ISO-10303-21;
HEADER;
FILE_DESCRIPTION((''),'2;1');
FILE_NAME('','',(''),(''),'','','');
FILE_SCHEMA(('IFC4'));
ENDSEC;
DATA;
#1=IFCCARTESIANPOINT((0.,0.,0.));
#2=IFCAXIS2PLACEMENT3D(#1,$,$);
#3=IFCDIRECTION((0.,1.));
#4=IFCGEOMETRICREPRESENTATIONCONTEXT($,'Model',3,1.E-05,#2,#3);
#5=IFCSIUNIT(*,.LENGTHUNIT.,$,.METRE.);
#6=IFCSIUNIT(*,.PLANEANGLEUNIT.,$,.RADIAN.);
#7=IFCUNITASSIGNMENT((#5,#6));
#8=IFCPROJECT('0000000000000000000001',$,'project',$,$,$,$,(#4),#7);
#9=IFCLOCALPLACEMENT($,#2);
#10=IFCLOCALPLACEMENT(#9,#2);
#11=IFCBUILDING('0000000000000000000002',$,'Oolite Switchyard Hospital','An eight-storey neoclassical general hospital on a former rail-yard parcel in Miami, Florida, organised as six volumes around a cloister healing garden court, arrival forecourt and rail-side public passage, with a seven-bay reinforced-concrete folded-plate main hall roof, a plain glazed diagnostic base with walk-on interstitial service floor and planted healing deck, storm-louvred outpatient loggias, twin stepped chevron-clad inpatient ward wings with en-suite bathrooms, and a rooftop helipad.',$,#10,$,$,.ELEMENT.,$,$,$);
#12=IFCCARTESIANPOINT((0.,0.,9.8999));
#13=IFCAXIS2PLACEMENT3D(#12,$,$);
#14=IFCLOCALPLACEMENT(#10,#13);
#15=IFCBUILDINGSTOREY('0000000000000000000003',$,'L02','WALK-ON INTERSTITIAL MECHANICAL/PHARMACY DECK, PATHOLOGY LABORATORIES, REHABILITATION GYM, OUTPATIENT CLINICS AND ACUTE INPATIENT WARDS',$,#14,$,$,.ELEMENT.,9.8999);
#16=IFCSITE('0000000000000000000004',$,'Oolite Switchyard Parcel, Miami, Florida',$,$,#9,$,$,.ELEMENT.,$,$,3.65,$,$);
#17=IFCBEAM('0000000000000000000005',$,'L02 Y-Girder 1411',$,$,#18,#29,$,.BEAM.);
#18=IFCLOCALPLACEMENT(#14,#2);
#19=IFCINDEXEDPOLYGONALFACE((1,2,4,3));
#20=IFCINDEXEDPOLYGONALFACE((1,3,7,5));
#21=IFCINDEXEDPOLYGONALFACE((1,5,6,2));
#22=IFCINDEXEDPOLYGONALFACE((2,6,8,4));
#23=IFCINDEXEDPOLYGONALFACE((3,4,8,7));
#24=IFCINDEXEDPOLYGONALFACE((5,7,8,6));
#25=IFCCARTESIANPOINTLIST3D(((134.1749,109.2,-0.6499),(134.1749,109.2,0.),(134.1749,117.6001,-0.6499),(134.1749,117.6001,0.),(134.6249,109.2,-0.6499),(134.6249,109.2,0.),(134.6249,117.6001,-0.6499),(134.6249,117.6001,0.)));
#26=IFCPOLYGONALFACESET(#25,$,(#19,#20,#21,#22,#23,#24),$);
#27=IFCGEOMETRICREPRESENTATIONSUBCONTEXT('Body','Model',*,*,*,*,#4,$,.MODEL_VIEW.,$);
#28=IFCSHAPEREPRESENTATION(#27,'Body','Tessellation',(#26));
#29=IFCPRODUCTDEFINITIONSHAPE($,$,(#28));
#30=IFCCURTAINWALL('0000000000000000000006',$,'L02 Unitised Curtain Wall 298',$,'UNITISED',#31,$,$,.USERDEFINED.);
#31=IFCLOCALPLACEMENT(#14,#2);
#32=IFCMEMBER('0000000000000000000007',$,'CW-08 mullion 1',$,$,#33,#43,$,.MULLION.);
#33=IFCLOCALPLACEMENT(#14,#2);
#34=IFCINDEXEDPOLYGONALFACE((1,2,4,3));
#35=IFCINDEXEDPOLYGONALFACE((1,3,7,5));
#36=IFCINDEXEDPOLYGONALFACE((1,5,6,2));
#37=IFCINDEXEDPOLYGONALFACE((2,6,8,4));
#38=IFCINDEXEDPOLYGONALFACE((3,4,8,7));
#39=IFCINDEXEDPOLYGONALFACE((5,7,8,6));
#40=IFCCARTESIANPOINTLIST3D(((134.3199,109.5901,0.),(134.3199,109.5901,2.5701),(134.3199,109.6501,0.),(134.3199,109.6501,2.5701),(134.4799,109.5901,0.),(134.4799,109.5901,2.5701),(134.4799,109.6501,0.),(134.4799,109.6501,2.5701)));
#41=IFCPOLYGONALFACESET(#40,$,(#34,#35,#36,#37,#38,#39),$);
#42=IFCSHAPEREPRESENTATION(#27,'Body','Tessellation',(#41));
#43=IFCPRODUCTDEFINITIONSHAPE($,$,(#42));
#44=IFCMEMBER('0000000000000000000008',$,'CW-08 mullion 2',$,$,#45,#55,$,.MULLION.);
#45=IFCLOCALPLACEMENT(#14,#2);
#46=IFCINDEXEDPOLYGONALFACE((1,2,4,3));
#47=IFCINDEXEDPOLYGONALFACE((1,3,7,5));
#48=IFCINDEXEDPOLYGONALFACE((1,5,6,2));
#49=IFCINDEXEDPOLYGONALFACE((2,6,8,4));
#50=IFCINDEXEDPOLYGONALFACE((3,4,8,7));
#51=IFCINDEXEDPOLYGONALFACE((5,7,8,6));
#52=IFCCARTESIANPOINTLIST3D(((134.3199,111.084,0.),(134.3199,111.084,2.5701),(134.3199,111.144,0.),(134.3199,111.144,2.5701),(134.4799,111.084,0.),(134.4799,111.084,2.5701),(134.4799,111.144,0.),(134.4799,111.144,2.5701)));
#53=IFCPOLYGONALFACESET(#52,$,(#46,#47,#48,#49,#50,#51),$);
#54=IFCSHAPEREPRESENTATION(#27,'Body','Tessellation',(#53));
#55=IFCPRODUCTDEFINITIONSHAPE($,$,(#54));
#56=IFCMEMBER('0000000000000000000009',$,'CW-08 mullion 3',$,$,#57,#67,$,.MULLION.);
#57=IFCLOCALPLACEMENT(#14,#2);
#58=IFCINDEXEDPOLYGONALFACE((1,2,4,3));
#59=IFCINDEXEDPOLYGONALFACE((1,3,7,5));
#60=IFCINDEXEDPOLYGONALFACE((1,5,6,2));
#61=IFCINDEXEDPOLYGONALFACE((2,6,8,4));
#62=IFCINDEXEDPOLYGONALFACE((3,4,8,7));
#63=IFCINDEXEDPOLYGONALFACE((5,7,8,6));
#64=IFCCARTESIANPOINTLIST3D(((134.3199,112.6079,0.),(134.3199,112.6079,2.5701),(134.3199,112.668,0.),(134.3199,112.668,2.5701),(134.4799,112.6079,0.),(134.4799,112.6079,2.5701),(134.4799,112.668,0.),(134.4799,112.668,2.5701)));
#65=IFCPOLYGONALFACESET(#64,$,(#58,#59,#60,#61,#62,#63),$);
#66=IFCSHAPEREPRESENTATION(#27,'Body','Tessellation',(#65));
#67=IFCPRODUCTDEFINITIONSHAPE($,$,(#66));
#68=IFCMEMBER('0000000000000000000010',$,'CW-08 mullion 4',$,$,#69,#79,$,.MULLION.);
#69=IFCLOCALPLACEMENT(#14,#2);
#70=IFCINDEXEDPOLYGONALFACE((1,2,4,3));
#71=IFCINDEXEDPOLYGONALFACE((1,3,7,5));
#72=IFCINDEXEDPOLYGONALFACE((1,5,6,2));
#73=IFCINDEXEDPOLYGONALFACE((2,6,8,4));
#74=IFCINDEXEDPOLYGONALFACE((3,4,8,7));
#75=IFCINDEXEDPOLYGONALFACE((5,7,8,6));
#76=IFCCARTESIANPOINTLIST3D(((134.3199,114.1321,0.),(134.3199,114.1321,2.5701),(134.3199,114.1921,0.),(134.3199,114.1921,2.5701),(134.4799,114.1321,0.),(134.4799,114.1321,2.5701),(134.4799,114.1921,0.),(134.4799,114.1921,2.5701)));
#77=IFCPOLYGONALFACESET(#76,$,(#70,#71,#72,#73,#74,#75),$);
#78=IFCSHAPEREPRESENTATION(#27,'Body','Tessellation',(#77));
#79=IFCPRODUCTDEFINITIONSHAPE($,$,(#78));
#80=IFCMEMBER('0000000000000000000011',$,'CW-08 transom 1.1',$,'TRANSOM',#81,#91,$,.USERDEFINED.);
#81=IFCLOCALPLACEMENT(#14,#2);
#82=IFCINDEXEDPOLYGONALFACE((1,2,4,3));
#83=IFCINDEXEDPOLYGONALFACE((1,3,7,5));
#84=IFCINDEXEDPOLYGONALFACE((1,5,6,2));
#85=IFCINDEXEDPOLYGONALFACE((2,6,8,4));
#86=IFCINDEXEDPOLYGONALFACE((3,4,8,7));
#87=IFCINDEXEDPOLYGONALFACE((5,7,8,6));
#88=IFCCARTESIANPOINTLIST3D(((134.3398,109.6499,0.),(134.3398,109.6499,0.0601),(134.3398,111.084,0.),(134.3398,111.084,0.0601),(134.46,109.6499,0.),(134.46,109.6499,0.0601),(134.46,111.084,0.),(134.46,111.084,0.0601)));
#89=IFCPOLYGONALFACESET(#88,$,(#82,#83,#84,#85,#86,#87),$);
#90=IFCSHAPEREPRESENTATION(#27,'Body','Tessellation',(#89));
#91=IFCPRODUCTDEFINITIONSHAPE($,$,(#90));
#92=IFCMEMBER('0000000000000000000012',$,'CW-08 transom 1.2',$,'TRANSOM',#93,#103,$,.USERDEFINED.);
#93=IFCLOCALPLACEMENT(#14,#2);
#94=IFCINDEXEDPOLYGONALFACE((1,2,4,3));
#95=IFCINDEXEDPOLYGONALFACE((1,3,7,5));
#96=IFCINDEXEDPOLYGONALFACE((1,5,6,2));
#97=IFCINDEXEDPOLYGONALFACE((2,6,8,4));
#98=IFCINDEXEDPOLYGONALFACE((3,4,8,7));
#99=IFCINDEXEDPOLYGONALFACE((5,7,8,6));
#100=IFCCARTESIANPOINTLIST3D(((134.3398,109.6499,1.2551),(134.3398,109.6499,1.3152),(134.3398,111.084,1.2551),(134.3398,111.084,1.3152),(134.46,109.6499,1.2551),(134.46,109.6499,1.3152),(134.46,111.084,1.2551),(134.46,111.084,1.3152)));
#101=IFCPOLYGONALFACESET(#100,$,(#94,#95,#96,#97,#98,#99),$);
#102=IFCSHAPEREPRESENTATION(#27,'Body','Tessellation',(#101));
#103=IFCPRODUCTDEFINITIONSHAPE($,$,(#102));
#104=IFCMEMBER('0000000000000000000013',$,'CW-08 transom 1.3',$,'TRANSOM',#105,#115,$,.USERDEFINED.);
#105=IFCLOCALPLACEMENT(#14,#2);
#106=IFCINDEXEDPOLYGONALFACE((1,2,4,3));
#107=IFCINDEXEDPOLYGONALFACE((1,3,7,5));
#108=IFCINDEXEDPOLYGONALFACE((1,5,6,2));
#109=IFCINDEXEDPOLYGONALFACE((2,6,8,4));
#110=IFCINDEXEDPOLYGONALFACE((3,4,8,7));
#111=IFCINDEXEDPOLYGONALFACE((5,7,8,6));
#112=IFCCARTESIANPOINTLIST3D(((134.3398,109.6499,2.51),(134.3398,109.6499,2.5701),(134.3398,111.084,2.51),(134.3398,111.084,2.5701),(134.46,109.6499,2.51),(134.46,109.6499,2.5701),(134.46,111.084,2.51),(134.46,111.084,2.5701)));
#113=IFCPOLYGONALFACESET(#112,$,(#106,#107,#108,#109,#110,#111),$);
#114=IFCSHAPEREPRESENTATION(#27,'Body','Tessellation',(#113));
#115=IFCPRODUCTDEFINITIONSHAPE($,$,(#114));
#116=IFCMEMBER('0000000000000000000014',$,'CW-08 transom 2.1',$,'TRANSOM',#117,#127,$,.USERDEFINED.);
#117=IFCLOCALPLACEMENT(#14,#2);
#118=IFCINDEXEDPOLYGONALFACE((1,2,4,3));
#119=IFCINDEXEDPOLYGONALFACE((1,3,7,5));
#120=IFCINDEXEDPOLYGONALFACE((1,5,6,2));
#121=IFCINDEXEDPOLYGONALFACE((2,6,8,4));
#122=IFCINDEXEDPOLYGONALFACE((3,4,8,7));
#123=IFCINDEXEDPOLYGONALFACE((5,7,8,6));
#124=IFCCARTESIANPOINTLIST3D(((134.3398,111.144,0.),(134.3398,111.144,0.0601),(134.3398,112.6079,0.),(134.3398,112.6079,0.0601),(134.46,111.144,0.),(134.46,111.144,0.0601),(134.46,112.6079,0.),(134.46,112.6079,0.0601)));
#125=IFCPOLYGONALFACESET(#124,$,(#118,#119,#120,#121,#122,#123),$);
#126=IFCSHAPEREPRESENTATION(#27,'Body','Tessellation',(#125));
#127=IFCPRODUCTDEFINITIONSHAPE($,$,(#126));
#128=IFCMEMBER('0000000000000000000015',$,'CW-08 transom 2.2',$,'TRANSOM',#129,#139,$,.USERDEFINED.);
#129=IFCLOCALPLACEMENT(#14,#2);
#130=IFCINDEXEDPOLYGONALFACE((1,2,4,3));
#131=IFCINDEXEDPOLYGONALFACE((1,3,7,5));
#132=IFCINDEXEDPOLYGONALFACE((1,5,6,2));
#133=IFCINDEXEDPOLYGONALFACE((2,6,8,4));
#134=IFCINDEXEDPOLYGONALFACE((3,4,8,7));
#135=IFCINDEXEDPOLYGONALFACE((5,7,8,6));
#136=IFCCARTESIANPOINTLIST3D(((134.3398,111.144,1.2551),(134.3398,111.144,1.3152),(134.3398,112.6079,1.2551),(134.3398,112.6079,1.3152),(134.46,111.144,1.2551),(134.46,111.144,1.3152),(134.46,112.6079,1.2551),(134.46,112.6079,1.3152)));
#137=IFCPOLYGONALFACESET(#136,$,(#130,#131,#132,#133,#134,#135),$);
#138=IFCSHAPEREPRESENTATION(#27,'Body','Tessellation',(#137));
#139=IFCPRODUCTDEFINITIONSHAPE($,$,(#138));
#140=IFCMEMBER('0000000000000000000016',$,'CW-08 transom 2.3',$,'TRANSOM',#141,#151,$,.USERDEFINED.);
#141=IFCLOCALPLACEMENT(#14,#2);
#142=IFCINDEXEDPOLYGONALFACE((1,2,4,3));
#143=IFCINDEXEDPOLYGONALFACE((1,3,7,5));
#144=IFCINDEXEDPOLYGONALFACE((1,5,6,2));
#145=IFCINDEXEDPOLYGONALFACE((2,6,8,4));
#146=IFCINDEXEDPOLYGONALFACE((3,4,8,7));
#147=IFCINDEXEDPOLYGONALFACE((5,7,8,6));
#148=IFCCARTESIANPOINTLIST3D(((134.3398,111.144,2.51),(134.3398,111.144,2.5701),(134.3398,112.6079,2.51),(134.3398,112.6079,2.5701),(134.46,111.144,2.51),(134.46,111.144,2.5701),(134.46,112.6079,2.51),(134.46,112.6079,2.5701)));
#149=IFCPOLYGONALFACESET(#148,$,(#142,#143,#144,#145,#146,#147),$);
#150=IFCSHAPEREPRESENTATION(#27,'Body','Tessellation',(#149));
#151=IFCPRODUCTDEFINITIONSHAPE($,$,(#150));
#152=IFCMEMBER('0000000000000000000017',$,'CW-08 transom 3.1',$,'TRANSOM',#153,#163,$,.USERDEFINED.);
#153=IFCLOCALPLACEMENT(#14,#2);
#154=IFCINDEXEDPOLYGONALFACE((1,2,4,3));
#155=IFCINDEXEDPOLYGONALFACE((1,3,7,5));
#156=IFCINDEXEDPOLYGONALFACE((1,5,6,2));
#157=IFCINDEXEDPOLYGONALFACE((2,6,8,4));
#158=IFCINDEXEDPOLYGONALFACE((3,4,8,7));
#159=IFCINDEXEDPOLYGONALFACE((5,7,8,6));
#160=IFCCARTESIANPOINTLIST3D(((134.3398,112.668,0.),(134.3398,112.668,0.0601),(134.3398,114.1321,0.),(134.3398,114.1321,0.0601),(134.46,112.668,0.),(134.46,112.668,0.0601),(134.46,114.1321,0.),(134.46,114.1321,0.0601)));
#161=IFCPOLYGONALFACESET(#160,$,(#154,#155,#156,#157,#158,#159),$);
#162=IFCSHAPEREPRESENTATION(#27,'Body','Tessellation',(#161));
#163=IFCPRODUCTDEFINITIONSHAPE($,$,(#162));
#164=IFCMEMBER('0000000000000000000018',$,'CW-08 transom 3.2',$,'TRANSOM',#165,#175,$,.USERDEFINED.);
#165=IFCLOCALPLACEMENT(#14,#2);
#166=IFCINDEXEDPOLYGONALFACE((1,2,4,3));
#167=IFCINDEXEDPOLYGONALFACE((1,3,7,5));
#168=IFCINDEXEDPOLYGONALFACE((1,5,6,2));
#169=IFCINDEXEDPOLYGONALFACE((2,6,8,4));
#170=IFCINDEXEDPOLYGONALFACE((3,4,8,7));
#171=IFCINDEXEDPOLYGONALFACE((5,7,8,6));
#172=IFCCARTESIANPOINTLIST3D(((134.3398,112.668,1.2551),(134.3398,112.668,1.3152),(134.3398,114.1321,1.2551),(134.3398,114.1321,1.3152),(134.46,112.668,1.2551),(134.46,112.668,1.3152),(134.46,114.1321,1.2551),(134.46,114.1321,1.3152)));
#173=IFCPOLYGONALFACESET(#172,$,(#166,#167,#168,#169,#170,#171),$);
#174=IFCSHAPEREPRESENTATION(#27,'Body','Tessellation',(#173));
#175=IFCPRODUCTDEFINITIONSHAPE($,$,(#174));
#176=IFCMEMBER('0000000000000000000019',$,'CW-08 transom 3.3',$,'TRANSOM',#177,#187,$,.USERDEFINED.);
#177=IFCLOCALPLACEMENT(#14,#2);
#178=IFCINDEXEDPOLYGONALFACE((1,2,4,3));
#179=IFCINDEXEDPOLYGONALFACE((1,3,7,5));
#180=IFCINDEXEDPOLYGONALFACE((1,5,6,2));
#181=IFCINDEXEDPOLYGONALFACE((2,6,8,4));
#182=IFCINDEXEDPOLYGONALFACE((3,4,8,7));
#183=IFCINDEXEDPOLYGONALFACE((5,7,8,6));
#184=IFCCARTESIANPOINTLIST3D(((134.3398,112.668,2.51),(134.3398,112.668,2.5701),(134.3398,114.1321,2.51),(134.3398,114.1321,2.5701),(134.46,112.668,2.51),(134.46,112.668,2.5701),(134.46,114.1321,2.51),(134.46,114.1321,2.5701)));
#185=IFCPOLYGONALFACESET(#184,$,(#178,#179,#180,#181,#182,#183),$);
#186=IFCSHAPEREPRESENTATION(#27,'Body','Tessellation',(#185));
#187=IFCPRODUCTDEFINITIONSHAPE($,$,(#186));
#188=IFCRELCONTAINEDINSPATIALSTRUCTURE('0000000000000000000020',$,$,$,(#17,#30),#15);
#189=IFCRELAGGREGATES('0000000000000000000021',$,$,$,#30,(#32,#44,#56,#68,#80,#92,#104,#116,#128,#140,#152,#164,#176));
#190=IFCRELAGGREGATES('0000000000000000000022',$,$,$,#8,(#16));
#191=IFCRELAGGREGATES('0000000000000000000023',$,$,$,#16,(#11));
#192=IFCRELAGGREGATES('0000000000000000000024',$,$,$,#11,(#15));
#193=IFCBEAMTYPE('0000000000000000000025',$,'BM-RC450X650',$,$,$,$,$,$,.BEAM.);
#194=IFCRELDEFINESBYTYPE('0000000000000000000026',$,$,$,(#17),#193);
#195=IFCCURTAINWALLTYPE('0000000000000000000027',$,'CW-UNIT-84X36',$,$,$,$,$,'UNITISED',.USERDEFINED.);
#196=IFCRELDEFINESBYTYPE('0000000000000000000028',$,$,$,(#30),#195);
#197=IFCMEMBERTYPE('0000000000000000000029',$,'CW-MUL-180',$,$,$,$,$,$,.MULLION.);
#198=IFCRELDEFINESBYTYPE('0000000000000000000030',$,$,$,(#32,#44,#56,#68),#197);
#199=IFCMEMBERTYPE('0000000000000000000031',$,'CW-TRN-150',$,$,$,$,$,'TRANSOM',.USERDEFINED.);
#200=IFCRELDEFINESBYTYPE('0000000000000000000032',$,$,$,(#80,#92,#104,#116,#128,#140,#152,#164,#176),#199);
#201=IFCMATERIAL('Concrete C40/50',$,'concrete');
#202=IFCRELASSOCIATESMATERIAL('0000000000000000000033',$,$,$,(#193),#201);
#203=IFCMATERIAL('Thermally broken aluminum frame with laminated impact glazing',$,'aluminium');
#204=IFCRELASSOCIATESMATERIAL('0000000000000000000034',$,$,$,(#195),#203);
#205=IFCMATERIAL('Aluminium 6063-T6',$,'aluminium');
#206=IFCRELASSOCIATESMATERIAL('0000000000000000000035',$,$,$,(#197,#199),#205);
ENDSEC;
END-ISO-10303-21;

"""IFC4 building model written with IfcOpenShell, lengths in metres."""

from ifc_helpers import new_model, si_unit, direction, frame, origin, origin_2d, place, context, subcontext, project, spatial, rectangle, extrude, material, material_profile, profile_set, type_object, element, aggregate, save


model = new_model("IFC4")

# Units and contexts
model_context = context("Model", 3, precision=1e-05, world=origin(), true_north=direction((0.0, 1.0)))
body_context = subcontext(model_context, "Body", "Model", "MODEL_VIEW")
ifc_project = project(units=[si_unit("LENGTHUNIT", "METRE"), si_unit("PLANEANGLEUNIT", "RADIAN")], contexts=[model_context])

# Site, building, storey
site_placement = place(None, origin())
site = spatial("IfcSite", under=ifc_project, at=site_placement, Name="Oolite Switchyard Parcel, Miami, Florida", CompositionType="ELEMENT", RefElevation=3.65)
building_placement = place(site_placement, origin())
building = spatial("IfcBuilding", under=site, at=building_placement, Name="Oolite Switchyard Hospital", Description="An eight-storey neoclassical general hospital on a former rail-yard parcel in Miami, Florida, organised as six volumes around a cloister healing garden court, arrival forecourt and rail-side public passage, with a seven-bay reinforced-concrete folded-plate main hall roof, a plain glazed diagnostic base with walk-on interstitial service floor and planted healing deck, storm-louvred outpatient loggias, twin stepped chevron-clad inpatient ward wings with en-suite bathrooms, and a rooftop helipad.", CompositionType="ELEMENT")
storey_placement = place(building_placement, frame((0.0, 0.0, 9.8999)))
storey = spatial("IfcBuildingStorey", under=building, at=storey_placement, Name="L02", Description="WALK-ON INTERSTITIAL MECHANICAL/PHARMACY DECK, PATHOLOGY LABORATORIES, REHABILITATION GYM, OUTPATIENT CLINICS AND ACUTE INPATIENT WARDS", CompositionType="ELEMENT", Elevation=9.8999)

# Beam
ifc_material_1 = material(Name="Concrete C40/50", Category="concrete")
ifc_material_profile_1 = material_profile(ifc_material_1, rectangle(XDim=0.45, YDim=0.6499, at=origin_2d()), Name="RCB450X650")
ifc_profile_set_1 = profile_set([ifc_material_profile_1], Name="Concrete C40/50")
beam_type = type_object("IfcBeamType", Name="BM-RC450X650", PredefinedType="BEAM", material=ifc_profile_set_1)
beam_placement = place(storey_placement, frame((134.3999, 109.2, -0.325), z_axis=(0.0, 1.0, 0.0), x_axis=(-1.0, 0.0, 0.0)))
element("IfcBeam", 1, at=beam_placement, inside=storey, type_object=beam_type, Name="L02 Y-Girder 1411", PredefinedType="BEAM", context=body_context, shape_type="SweptSolid", body=[
    extrude(rectangle(XDim=0.45, YDim=0.6499, at=origin_2d()), origin(), (0.0, 0.0, 1.0), 8.4001),
])

# Curtain wall, members
ifc_material_2 = material(Name="Thermally broken aluminum frame with laminated impact glazing", Category="aluminium")
curtain_wall_type = type_object("IfcCurtainWallType", Name="CW-UNIT-84X36", ElementType="UNITISED", PredefinedType="USERDEFINED", material=ifc_material_2)
curtain_wall_placement = place(storey_placement, origin())
curtain_wall = element("IfcCurtainWall", 2, at=curtain_wall_placement, inside=storey, type_object=curtain_wall_type, Name="L02 Unitised Curtain Wall 298", ObjectType="UNITISED", PredefinedType="USERDEFINED")
ifc_material_3 = material(Name="Aluminium 6063-T6", Category="aluminium")
ifc_material_profile_2 = material_profile(ifc_material_3, rectangle(XDim=0.1599, YDim=0.0601, at=origin_2d()), Name="CWM60X160")
ifc_profile_set_2 = profile_set([ifc_material_profile_2], Name="Aluminium 6063-T6")
member_type_1 = type_object("IfcMemberType", Name="CW-MUL-180", PredefinedType="MULLION", material=ifc_profile_set_2)
member_1_placement = place(storey_placement, frame((134.3999, 109.6201, 0.0), z_axis=(0.0, 0.0, 1.0), x_axis=(-1.0, 0.0, 0.0)))
member_1 = element("IfcMember", 3, at=member_1_placement, type_object=member_type_1, Name="CW-08 mullion 1", PredefinedType="MULLION", context=body_context, shape_type="SweptSolid", body=[
    extrude(rectangle(XDim=0.1599, YDim=0.0601, at=origin_2d()), origin(), (0.0, 0.0, 1.0), 2.5701),
])
member_2_placement = place(storey_placement, frame((134.3999, 111.114, 0.0), z_axis=(0.0, 0.0, 1.0), x_axis=(-1.0, 0.0, 0.0)))
member_2 = element("IfcMember", 4, at=member_2_placement, type_object=member_type_1, Name="CW-08 mullion 2", PredefinedType="MULLION", context=body_context, shape_type="SweptSolid", body=[
    extrude(rectangle(XDim=0.1599, YDim=0.0601, at=origin_2d()), origin(), (0.0, 0.0, 1.0), 2.5701),
])
member_3_placement = place(storey_placement, frame((134.3999, 112.6379, 0.0), z_axis=(0.0, 0.0, 1.0), x_axis=(-1.0, 0.0, 0.0)))
member_3 = element("IfcMember", 5, at=member_3_placement, type_object=member_type_1, Name="CW-08 mullion 3", PredefinedType="MULLION", context=body_context, shape_type="SweptSolid", body=[
    extrude(rectangle(XDim=0.1599, YDim=0.0601, at=origin_2d()), origin(), (0.0, 0.0, 1.0), 2.5701),
])
member_4_placement = place(storey_placement, frame((134.3999, 114.1621, 0.0), z_axis=(0.0, 0.0, 1.0), x_axis=(-1.0, 0.0, 0.0)))
member_4 = element("IfcMember", 6, at=member_4_placement, type_object=member_type_1, Name="CW-08 mullion 4", PredefinedType="MULLION", context=body_context, shape_type="SweptSolid", body=[
    extrude(rectangle(XDim=0.1599, YDim=0.0601, at=origin_2d()), origin(), (0.0, 0.0, 1.0), 2.5701),
])
ifc_material_profile_3 = material_profile(ifc_material_3, rectangle(XDim=0.1201, YDim=0.0601, at=origin_2d()), Name="CWT60X120")
ifc_profile_set_3 = profile_set([ifc_material_profile_3], Name="Aluminium 6063-T6")
member_type_2 = type_object("IfcMemberType", Name="CW-TRN-150", ElementType="TRANSOM", PredefinedType="USERDEFINED", material=ifc_profile_set_3)
member_5_placement = place(storey_placement, frame((134.3999, 109.6499, 0.03), z_axis=(0.0, 1.0, 0.0), x_axis=(-1.0, 0.0, 0.0)))
member_5 = element("IfcMember", 7, at=member_5_placement, type_object=member_type_2, Name="CW-08 transom 1.1", ObjectType="TRANSOM", PredefinedType="USERDEFINED", context=body_context, shape_type="SweptSolid", body=[
    extrude(rectangle(XDim=0.1201, YDim=0.0601, at=origin_2d()), origin(), (0.0, 0.0, 1.0), 1.4341),
])
member_6_placement = place(storey_placement, frame((134.3999, 109.6499, 1.2852), z_axis=(0.0, 1.0, 0.0), x_axis=(-1.0, 0.0, 0.0)))
member_6 = element("IfcMember", 8, at=member_6_placement, type_object=member_type_2, Name="CW-08 transom 1.2", ObjectType="TRANSOM", PredefinedType="USERDEFINED", context=body_context, shape_type="SweptSolid", body=[
    extrude(rectangle(XDim=0.1201, YDim=0.0601, at=origin_2d()), origin(), (0.0, 0.0, 1.0), 1.4341),
])
member_7_placement = place(storey_placement, frame((134.3999, 109.6499, 2.54), z_axis=(0.0, 1.0, 0.0), x_axis=(-1.0, 0.0, 0.0)))
member_7 = element("IfcMember", 9, at=member_7_placement, type_object=member_type_2, Name="CW-08 transom 1.3", ObjectType="TRANSOM", PredefinedType="USERDEFINED", context=body_context, shape_type="SweptSolid", body=[
    extrude(rectangle(XDim=0.1201, YDim=0.0601, at=origin_2d()), origin(), (0.0, 0.0, 1.0), 1.4341),
])
member_8_placement = place(storey_placement, frame((134.3999, 111.144, 0.03), z_axis=(0.0, 1.0, 0.0), x_axis=(-1.0, 0.0, 0.0)))
member_8 = element("IfcMember", 10, at=member_8_placement, type_object=member_type_2, Name="CW-08 transom 2.1", ObjectType="TRANSOM", PredefinedType="USERDEFINED", context=body_context, shape_type="SweptSolid", body=[
    extrude(rectangle(XDim=0.1201, YDim=0.0601, at=origin_2d()), origin(), (0.0, 0.0, 1.0), 1.4639),
])
member_9_placement = place(storey_placement, frame((134.3999, 111.144, 1.2852), z_axis=(0.0, 1.0, 0.0), x_axis=(-1.0, 0.0, 0.0)))
member_9 = element("IfcMember", 11, at=member_9_placement, type_object=member_type_2, Name="CW-08 transom 2.2", ObjectType="TRANSOM", PredefinedType="USERDEFINED", context=body_context, shape_type="SweptSolid", body=[
    extrude(rectangle(XDim=0.1201, YDim=0.0601, at=origin_2d()), origin(), (0.0, 0.0, 1.0), 1.4639),
])
member_10_placement = place(storey_placement, frame((134.3999, 111.144, 2.54), z_axis=(0.0, 1.0, 0.0), x_axis=(-1.0, 0.0, 0.0)))
member_10 = element("IfcMember", 12, at=member_10_placement, type_object=member_type_2, Name="CW-08 transom 2.3", ObjectType="TRANSOM", PredefinedType="USERDEFINED", context=body_context, shape_type="SweptSolid", body=[
    extrude(rectangle(XDim=0.1201, YDim=0.0601, at=origin_2d()), origin(), (0.0, 0.0, 1.0), 1.4639),
])
member_11_placement = place(storey_placement, frame((134.3999, 112.668, 0.03), z_axis=(0.0, 1.0, 0.0), x_axis=(-1.0, 0.0, 0.0)))
member_11 = element("IfcMember", 13, at=member_11_placement, type_object=member_type_2, Name="CW-08 transom 3.1", ObjectType="TRANSOM", PredefinedType="USERDEFINED", context=body_context, shape_type="SweptSolid", body=[
    extrude(rectangle(XDim=0.1201, YDim=0.0601, at=origin_2d()), origin(), (0.0, 0.0, 1.0), 1.4641),
])
member_12_placement = place(storey_placement, frame((134.3999, 112.668, 1.2852), z_axis=(0.0, 1.0, 0.0), x_axis=(-1.0, 0.0, 0.0)))
member_12 = element("IfcMember", 14, at=member_12_placement, type_object=member_type_2, Name="CW-08 transom 3.2", ObjectType="TRANSOM", PredefinedType="USERDEFINED", context=body_context, shape_type="SweptSolid", body=[
    extrude(rectangle(XDim=0.1201, YDim=0.0601, at=origin_2d()), origin(), (0.0, 0.0, 1.0), 1.4641),
])
member_13_placement = place(storey_placement, frame((134.3999, 112.668, 2.54), z_axis=(0.0, 1.0, 0.0), x_axis=(-1.0, 0.0, 0.0)))
member_13 = element("IfcMember", 15, at=member_13_placement, type_object=member_type_2, Name="CW-08 transom 3.3", ObjectType="TRANSOM", PredefinedType="USERDEFINED", context=body_context, shape_type="SweptSolid", body=[
    extrude(rectangle(XDim=0.1201, YDim=0.0601, at=origin_2d()), origin(), (0.0, 0.0, 1.0), 1.4641),
])
aggregate(curtain_wall, [member_1, member_2, member_3, member_4, member_5, member_6, member_7, member_8, member_9, member_10, member_11, member_12, member_13])

save(model, "model.ifc")
